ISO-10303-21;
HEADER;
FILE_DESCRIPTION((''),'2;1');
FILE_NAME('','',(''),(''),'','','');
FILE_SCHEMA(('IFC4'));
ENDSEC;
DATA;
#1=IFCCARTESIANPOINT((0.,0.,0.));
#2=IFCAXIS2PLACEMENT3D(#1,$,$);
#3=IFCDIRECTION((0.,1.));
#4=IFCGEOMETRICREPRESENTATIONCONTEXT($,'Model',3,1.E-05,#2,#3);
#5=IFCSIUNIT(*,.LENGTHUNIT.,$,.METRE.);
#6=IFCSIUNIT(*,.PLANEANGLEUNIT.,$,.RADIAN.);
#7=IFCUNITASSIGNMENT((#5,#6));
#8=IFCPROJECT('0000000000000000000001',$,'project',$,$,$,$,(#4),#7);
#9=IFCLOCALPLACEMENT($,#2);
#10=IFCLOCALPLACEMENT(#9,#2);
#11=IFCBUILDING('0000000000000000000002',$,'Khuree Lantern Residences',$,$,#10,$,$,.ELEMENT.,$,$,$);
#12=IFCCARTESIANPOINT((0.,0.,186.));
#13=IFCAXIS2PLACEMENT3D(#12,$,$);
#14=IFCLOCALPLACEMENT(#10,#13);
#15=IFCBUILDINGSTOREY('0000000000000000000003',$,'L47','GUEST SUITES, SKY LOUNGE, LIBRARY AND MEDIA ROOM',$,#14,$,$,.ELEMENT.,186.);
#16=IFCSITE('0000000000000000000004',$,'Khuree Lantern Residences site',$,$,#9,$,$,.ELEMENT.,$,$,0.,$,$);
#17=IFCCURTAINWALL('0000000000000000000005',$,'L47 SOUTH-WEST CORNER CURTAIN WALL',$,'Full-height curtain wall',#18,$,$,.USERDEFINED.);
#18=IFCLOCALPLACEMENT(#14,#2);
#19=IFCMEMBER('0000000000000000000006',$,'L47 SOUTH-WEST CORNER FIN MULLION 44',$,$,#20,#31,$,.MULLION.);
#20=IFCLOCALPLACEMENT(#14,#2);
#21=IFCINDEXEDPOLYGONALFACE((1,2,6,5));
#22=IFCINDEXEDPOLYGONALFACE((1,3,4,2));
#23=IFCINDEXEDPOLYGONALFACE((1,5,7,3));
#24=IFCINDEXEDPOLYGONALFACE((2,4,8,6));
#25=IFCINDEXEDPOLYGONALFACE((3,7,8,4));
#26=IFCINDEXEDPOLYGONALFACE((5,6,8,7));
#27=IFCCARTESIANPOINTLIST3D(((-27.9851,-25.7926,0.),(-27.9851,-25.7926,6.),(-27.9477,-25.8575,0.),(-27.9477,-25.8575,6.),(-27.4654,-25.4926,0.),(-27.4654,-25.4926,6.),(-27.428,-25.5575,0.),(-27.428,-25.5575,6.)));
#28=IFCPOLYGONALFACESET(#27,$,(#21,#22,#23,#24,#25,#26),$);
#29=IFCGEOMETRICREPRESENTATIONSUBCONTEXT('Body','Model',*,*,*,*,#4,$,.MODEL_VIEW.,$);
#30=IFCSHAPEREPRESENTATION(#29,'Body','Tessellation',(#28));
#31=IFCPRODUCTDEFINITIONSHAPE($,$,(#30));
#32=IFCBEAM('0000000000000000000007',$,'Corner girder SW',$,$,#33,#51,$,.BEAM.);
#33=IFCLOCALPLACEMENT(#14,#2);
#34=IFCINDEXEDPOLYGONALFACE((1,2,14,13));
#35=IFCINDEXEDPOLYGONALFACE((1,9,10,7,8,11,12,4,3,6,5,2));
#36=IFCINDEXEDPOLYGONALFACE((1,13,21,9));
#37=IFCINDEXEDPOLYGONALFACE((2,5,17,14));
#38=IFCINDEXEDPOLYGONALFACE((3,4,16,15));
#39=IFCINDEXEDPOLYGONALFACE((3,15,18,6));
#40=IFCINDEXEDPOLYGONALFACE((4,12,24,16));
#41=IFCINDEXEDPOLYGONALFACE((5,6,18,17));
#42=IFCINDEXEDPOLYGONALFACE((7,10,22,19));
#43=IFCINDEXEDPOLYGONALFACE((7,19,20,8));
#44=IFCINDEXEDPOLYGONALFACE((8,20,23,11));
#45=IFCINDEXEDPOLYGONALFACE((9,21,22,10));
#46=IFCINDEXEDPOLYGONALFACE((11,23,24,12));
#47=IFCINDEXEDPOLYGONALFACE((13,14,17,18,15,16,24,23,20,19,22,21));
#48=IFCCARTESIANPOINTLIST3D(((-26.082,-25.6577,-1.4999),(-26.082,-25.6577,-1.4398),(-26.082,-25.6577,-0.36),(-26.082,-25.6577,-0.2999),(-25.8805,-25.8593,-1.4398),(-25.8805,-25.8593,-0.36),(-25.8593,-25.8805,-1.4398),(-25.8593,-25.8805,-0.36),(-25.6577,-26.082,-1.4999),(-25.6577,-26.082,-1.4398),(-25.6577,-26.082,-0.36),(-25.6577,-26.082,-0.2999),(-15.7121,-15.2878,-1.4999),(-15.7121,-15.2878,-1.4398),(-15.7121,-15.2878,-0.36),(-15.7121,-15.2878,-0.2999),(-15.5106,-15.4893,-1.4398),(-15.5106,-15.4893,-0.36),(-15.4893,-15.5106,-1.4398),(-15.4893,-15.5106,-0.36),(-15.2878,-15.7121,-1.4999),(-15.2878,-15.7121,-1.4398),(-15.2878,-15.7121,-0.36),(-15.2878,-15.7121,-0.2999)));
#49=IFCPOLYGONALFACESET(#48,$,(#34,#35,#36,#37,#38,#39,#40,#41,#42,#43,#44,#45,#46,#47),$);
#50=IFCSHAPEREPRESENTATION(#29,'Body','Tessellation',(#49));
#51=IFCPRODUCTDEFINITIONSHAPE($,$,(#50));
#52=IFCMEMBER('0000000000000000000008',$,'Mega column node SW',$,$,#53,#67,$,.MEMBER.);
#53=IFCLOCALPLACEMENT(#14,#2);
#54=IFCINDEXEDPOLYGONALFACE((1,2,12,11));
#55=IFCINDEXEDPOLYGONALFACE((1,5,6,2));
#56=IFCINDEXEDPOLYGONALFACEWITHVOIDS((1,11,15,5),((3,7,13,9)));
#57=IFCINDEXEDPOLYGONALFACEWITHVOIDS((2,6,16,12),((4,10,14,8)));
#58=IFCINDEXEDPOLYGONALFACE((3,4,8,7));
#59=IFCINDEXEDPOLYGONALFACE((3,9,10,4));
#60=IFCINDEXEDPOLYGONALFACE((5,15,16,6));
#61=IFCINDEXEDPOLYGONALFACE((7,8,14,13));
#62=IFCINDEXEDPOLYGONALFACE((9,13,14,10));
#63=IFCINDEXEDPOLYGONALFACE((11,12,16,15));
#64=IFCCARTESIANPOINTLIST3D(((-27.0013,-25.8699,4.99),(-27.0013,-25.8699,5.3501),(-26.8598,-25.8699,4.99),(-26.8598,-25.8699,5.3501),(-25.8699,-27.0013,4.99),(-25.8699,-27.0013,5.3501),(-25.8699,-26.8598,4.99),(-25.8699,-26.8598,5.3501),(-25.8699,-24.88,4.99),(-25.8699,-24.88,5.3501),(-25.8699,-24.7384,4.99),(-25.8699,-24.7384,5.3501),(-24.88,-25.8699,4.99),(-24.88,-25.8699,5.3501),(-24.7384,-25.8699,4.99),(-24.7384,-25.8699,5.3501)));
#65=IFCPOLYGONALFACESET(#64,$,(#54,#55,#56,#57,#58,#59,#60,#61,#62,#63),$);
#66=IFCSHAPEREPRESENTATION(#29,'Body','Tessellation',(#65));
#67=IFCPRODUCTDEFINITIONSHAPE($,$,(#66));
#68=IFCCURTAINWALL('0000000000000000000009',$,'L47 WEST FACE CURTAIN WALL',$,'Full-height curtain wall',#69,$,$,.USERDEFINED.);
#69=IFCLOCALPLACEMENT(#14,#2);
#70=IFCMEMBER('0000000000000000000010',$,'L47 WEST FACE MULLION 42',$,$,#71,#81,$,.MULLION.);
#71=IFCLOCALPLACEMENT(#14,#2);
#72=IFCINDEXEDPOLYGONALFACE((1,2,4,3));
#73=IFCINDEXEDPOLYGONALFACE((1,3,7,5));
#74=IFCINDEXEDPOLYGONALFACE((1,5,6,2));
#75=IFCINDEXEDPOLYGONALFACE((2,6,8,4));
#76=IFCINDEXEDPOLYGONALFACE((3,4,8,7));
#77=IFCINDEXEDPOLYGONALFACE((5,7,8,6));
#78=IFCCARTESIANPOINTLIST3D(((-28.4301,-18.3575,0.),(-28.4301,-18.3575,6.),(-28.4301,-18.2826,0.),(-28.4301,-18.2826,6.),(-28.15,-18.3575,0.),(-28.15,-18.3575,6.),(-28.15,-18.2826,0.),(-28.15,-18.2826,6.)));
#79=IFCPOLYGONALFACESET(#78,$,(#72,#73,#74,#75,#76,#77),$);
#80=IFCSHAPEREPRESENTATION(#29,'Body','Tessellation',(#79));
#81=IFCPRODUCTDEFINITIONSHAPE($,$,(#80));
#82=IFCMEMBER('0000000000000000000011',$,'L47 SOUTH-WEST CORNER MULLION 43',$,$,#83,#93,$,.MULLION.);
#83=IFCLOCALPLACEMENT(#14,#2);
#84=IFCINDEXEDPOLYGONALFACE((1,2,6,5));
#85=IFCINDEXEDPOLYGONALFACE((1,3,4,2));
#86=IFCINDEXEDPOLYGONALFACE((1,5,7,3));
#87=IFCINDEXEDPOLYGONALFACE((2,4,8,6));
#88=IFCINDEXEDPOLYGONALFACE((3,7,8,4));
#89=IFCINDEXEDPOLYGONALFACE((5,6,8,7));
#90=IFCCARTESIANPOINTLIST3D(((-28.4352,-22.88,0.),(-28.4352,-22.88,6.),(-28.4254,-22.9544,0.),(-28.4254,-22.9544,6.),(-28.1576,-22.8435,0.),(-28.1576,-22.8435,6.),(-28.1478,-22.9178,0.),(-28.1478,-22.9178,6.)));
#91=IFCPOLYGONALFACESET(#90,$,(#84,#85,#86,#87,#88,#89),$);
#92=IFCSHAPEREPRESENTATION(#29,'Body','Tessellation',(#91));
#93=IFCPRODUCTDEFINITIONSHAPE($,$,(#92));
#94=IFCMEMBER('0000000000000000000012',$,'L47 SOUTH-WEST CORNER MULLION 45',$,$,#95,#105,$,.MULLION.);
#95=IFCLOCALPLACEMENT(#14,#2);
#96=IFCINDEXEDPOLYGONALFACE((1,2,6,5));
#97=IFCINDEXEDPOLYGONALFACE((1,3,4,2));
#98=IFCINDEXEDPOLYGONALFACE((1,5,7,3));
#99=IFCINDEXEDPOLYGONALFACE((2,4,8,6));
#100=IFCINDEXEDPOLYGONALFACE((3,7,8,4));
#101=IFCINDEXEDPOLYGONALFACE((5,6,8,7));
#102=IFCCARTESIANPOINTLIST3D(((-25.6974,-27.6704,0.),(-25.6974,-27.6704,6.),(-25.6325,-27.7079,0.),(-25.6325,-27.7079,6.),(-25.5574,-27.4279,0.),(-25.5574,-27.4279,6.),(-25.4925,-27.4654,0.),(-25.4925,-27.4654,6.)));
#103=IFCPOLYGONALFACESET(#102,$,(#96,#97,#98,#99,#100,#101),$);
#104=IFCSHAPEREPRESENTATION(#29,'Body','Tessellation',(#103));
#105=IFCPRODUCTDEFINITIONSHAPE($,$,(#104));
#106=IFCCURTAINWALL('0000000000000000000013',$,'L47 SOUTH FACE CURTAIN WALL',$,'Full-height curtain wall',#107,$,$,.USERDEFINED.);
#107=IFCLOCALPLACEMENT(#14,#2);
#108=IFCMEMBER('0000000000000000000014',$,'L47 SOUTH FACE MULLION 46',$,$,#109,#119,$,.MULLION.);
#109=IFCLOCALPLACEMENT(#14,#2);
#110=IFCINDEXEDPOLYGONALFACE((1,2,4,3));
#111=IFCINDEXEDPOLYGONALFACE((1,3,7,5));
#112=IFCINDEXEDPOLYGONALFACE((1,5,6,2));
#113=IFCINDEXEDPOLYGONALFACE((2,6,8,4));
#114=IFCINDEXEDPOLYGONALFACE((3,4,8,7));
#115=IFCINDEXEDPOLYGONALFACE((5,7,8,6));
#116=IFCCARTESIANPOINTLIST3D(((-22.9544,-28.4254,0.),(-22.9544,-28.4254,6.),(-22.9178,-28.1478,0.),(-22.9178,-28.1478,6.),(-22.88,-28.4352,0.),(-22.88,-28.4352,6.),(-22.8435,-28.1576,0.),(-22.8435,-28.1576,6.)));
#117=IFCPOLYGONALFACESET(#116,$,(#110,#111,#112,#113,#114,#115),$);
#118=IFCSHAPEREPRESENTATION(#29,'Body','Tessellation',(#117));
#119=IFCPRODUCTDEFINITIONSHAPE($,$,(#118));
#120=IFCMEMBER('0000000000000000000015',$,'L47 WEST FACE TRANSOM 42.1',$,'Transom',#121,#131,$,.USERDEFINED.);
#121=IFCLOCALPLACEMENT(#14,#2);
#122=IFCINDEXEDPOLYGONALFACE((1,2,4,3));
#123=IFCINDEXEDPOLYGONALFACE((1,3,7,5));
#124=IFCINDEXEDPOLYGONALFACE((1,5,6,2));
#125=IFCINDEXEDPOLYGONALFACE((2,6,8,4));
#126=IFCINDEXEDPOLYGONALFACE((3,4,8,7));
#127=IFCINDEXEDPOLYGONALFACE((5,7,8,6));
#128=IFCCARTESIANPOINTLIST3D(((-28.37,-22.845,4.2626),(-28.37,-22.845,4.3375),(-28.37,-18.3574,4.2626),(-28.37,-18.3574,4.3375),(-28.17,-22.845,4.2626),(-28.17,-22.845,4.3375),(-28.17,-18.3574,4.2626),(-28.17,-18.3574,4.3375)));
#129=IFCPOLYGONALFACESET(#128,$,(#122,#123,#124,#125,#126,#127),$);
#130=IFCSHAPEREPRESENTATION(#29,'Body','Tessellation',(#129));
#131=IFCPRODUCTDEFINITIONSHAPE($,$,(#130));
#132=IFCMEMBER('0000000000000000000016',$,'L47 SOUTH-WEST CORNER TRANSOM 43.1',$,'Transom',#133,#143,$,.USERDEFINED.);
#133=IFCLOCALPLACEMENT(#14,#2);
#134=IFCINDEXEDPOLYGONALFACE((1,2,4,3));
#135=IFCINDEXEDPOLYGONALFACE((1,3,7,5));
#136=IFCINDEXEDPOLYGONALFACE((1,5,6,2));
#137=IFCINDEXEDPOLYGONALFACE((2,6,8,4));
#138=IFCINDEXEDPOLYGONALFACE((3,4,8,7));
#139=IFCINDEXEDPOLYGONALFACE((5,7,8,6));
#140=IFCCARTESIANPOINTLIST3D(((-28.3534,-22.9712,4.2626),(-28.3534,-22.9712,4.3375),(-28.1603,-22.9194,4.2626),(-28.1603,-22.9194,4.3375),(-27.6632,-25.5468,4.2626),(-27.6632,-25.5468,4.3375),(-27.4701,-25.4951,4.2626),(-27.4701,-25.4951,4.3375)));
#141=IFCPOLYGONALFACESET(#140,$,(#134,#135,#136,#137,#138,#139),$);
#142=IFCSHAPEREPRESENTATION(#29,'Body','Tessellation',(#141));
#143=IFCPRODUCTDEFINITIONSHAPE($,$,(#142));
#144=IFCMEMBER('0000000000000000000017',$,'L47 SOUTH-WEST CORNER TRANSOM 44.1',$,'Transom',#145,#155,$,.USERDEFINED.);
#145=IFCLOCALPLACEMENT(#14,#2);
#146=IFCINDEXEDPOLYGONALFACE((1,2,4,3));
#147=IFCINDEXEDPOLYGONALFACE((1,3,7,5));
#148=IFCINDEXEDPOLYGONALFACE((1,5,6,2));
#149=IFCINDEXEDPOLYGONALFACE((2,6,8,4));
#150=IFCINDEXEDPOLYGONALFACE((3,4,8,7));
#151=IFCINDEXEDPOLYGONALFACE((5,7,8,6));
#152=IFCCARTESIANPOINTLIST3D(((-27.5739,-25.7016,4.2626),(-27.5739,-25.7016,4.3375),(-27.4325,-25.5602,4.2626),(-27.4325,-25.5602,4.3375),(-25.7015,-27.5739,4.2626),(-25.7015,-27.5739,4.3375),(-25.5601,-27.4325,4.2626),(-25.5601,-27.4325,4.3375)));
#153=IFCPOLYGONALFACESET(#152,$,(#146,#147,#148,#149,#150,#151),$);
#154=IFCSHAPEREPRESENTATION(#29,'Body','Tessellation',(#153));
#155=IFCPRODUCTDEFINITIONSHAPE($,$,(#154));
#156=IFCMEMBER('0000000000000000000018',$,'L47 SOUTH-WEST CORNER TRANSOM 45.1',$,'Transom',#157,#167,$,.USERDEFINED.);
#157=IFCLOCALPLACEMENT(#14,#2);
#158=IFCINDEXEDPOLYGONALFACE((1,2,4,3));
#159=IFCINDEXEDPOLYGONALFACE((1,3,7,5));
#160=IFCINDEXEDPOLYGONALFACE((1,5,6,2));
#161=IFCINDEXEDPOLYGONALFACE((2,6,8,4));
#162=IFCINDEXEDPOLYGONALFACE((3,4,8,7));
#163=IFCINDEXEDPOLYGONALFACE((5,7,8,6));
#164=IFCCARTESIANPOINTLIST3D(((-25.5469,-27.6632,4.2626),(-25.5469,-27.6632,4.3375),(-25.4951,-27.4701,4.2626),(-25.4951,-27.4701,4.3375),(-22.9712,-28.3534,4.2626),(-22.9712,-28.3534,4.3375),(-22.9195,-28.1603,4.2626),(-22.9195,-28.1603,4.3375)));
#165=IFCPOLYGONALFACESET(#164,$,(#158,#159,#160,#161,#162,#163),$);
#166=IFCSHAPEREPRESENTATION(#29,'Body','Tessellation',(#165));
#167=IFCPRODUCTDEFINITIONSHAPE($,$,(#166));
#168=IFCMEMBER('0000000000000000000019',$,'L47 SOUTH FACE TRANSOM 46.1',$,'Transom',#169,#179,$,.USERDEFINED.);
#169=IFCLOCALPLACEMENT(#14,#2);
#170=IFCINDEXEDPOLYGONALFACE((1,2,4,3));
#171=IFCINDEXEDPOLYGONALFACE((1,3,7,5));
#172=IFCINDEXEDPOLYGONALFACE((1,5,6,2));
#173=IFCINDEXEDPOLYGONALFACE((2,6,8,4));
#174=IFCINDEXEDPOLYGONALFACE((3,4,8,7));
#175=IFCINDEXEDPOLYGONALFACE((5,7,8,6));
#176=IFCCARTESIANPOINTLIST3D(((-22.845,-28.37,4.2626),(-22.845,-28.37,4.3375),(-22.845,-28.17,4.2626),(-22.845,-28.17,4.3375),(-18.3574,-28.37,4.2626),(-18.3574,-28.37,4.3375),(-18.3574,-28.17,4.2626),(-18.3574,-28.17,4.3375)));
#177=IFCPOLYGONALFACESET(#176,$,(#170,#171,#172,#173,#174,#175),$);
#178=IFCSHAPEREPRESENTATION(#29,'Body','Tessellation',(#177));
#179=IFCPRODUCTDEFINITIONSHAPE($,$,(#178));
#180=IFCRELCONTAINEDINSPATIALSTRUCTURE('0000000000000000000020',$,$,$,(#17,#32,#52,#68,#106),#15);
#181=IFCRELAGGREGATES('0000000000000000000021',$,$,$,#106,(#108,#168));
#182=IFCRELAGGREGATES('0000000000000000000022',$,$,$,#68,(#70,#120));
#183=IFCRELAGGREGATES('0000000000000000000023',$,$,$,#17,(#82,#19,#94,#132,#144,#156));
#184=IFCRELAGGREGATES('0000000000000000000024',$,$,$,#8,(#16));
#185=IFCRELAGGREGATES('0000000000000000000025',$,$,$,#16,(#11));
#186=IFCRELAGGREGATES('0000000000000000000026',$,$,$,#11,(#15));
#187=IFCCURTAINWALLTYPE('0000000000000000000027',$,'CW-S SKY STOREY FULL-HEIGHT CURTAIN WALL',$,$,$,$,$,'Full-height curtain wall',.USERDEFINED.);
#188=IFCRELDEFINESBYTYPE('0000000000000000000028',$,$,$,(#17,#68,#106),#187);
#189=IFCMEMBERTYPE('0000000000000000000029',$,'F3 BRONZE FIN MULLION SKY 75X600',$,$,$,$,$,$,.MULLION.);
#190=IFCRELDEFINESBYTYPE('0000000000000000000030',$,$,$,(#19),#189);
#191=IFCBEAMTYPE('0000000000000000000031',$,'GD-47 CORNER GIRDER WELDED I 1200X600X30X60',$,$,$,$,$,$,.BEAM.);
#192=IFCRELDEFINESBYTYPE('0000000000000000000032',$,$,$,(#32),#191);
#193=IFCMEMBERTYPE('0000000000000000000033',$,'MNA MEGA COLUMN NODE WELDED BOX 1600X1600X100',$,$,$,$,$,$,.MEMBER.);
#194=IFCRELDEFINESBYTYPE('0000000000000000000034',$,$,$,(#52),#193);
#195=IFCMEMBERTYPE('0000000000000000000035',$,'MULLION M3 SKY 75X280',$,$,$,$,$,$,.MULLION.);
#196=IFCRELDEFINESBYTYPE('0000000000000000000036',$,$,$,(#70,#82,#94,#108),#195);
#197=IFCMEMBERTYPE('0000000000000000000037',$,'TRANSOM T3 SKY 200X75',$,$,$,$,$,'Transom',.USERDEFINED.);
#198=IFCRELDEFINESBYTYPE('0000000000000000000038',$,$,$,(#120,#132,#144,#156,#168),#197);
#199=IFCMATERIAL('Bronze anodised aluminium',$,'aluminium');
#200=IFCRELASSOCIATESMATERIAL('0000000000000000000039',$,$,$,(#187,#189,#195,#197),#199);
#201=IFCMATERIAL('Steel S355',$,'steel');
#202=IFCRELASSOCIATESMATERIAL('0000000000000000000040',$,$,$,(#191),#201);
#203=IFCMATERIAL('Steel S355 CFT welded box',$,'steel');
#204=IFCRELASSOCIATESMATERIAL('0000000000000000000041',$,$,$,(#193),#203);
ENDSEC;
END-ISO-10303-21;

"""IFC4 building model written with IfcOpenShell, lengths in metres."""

from ifc_helpers import new_model, si_unit, direction, frame, origin, origin_2d, place, context, subcontext, project, spatial, rectangle, hollow_rectangle, i_section, extrude, material, material_profile, profile_set, type_object, element, aggregate, save


model = new_model("IFC4")

# Units and contexts
model_context = context("Model", 3, precision=1e-05, world=origin(), true_north=direction((0.0, 1.0)))
body_context = subcontext(model_context, "Body", "Model", "MODEL_VIEW")
ifc_project = project(units=[si_unit("LENGTHUNIT", "METRE"), si_unit("PLANEANGLEUNIT", "RADIAN")], contexts=[model_context])

# Site, building, storey
site_placement = place(None, origin())
site = spatial("IfcSite", under=ifc_project, at=site_placement, Name="Khuree Lantern Residences site", CompositionType="ELEMENT", RefElevation=0.0)
building_placement = place(site_placement, origin())
building = spatial("IfcBuilding", under=site, at=building_placement, Name="Khuree Lantern Residences", CompositionType="ELEMENT")
storey_placement = place(building_placement, frame((0.0, 0.0, 186.0)))
storey = spatial("IfcBuildingStorey", under=building, at=storey_placement, Name="L47", Description="GUEST SUITES, SKY LOUNGE, LIBRARY AND MEDIA ROOM", CompositionType="ELEMENT", Elevation=186.0)

# Shared definitions
ifc_material_1 = material(Name="Steel S355 CFT welded box", Category="steel")

# Shared definitions
ifc_material_2 = material(Name="Steel S355", Category="steel")

# Curtain wall, member
ifc_material_3 = material(Name="Bronze anodised aluminium", Category="aluminium")
curtain_wall_type = type_object("IfcCurtainWallType", Name="CW-S SKY STOREY FULL-HEIGHT CURTAIN WALL", ElementType="Full-height curtain wall", PredefinedType="USERDEFINED", material=ifc_material_3)
curtain_wall_1_placement = place(storey_placement, origin())
curtain_wall_1 = element("IfcCurtainWall", 1, at=curtain_wall_1_placement, inside=storey, type_object=curtain_wall_type, Name="L47 SOUTH-WEST CORNER CURTAIN WALL", ObjectType="Full-height curtain wall", PredefinedType="USERDEFINED")
ifc_material_profile_1 = material_profile(ifc_material_3, rectangle(XDim=0.075, YDim=0.6001, at=origin_2d()), Name="F3 75X600")
ifc_profile_set_1 = profile_set([ifc_material_profile_1], Name="Bronze anodised aluminium")
member_type_1 = type_object("IfcMemberType", Name="F3 BRONZE FIN MULLION SKY 75X600", PredefinedType="MULLION", material=ifc_profile_set_1)
member_1_placement = place(storey_placement, frame((-27.7065, -25.675, 0.0), z_axis=(0.0, 0.0, 1.0), x_axis=(0.5, -0.866025, 0.0)))
member_1 = element("IfcMember", 2, at=member_1_placement, type_object=member_type_1, Name="L47 SOUTH-WEST CORNER FIN MULLION 44", PredefinedType="MULLION", context=body_context, shape_type="SweptSolid", body=[
    extrude(rectangle(XDim=0.075, YDim=0.6001, at=origin_2d()), origin(), (0.0, 0.0, 1.0), 6.0),
])

# Beam
ifc_material_profile_2 = material_profile(ifc_material_2, i_section(OverallWidth=0.6001, OverallDepth=1.2, WebThickness=0.03, FlangeThickness=0.0601, at=origin_2d()), Name="WELDED I 1200X600X30X60")
ifc_profile_set_2 = profile_set([ifc_material_profile_2], Name="Steel S355")
beam_type_1 = type_object("IfcBeamType", Name="GD-47 CORNER GIRDER WELDED I 1200X600X30X60", PredefinedType="BEAM", material=ifc_profile_set_2)
beam_1_placement = place(storey_placement, frame((-25.8699, -25.8699, -0.8999), z_axis=(0.707107, 0.707107, 0.0), x_axis=(-0.707107, 0.707107, 0.0)))
element("IfcBeam", 3, at=beam_1_placement, inside=storey, type_object=beam_type_1, Name="Corner girder SW", PredefinedType="BEAM", context=body_context, shape_type="SweptSolid", body=[
    extrude(i_section(OverallWidth=0.6001, OverallDepth=1.2, WebThickness=0.03, FlangeThickness=0.0601, at=origin_2d()), origin(), (0.0, 0.0, 1.0), 14.6653),
])

# Member
ifc_material_profile_3 = material_profile(ifc_material_1, hollow_rectangle(XDim=1.6001, YDim=1.6001, WallThickness=0.1001, at=origin_2d()), Name="WELDED BOX 1600X1600X100")
ifc_profile_set_3 = profile_set([ifc_material_profile_3], Name="Steel S355 CFT welded box")
member_type_2 = type_object("IfcMemberType", Name="MNA MEGA COLUMN NODE WELDED BOX 1600X1600X100", PredefinedType="MEMBER", material=ifc_profile_set_3)
member_2_placement = place(storey_placement, frame((-25.8699, -25.8699, 4.99), z_axis=(0.0, 0.0, 1.0), x_axis=(0.707107, -0.707107, 0.0)))
element("IfcMember", 4, at=member_2_placement, inside=storey, type_object=member_type_2, Name="Mega column node SW", PredefinedType="MEMBER", context=body_context, shape_type="SweptSolid", body=[
    extrude(hollow_rectangle(XDim=1.6001, YDim=1.6001, WallThickness=0.1001, at=origin_2d()), origin(), (0.0, 0.0, 1.0), 0.3601),
])

# Curtain wall, member
curtain_wall_2_placement = place(storey_placement, origin())
curtain_wall_2 = element("IfcCurtainWall", 5, at=curtain_wall_2_placement, inside=storey, type_object=curtain_wall_type, Name="L47 WEST FACE CURTAIN WALL", ObjectType="Full-height curtain wall", PredefinedType="USERDEFINED")
ifc_material_profile_4 = material_profile(ifc_material_3, rectangle(XDim=0.075, YDim=0.28, at=origin_2d()), Name="M3 75X280")
ifc_profile_set_4 = profile_set([ifc_material_profile_4], Name="Bronze anodised aluminium")
member_type_3 = type_object("IfcMemberType", Name="MULLION M3 SKY 75X280", PredefinedType="MULLION", material=ifc_profile_set_4)
member_3_placement = place(storey_placement, frame((-28.29, -18.3201, 0.0), z_axis=(0.0, 0.0, 1.0), x_axis=(0.0, -1.0, 0.0)))
member_3 = element("IfcMember", 6, at=member_3_placement, type_object=member_type_3, Name="L47 WEST FACE MULLION 42", PredefinedType="MULLION", context=body_context, shape_type="SweptSolid", body=[
    extrude(rectangle(XDim=0.075, YDim=0.28, at=origin_2d()), origin(), (0.0, 0.0, 1.0), 6.0),
])

# Members
member_4_placement = place(storey_placement, frame((-28.2915, -22.8989, 0.0), z_axis=(0.0, 0.0, 1.0), x_axis=(0.130526, -0.991445, 0.0)))
member_4 = element("IfcMember", 7, at=member_4_placement, type_object=member_type_3, Name="L47 SOUTH-WEST CORNER MULLION 43", PredefinedType="MULLION", context=body_context, shape_type="SweptSolid", body=[
    extrude(rectangle(XDim=0.075, YDim=0.28, at=origin_2d()), origin(), (0.0, 0.0, 1.0), 6.0),
])
member_5_placement = place(storey_placement, frame((-25.595, -27.5679, 0.0), z_axis=(0.0, 0.0, 1.0), x_axis=(0.866025, -0.5, 0.0)))
member_5 = element("IfcMember", 8, at=member_5_placement, type_object=member_type_3, Name="L47 SOUTH-WEST CORNER MULLION 45", PredefinedType="MULLION", context=body_context, shape_type="SweptSolid", body=[
    extrude(rectangle(XDim=0.075, YDim=0.28, at=origin_2d()), origin(), (0.0, 0.0, 1.0), 6.0),
])

# Curtain wall, member
curtain_wall_3_placement = place(storey_placement, origin())
curtain_wall_3 = element("IfcCurtainWall", 9, at=curtain_wall_3_placement, inside=storey, type_object=curtain_wall_type, Name="L47 SOUTH FACE CURTAIN WALL", ObjectType="Full-height curtain wall", PredefinedType="USERDEFINED")
member_6_placement = place(storey_placement, frame((-22.8989, -28.2915, 0.0), z_axis=(0.0, 0.0, 1.0), x_axis=(0.991445, -0.130526, 0.0)))
member_6 = element("IfcMember", 10, at=member_6_placement, type_object=member_type_3, Name="L47 SOUTH FACE MULLION 46", PredefinedType="MULLION", context=body_context, shape_type="SweptSolid", body=[
    extrude(rectangle(XDim=0.075, YDim=0.28, at=origin_2d()), origin(), (0.0, 0.0, 1.0), 6.0),
])

# Members
ifc_material_profile_5 = material_profile(ifc_material_3, rectangle(XDim=0.2, YDim=0.075, at=origin_2d()), Name="T3 200X75")
ifc_profile_set_5 = profile_set([ifc_material_profile_5], Name="Bronze anodised aluminium")
member_type_4 = type_object("IfcMemberType", Name="TRANSOM T3 SKY 200X75", ElementType="Transom", PredefinedType="USERDEFINED", material=ifc_profile_set_5)
member_7_placement = place(storey_placement, frame((-28.27, -18.3574, 4.3), z_axis=(0.0, -1.0, 0.0), x_axis=(1.0, 0.0, 0.0)))
member_7 = element("IfcMember", 11, at=member_7_placement, type_object=member_type_4, Name="L47 WEST FACE TRANSOM 42.1", ObjectType="Transom", PredefinedType="USERDEFINED", context=body_context, shape_type="SweptSolid", body=[
    extrude(rectangle(XDim=0.2, YDim=0.075, at=origin_2d()), origin(), (0.0, 0.0, 1.0), 4.4875),
])
member_8_placement = place(storey_placement, frame((-28.2568, -22.9453, 4.3), z_axis=(0.258831, -0.965923, 0.0), x_axis=(0.965923, 0.258831, 0.0)))
member_8 = element("IfcMember", 12, at=member_8_placement, type_object=member_type_4, Name="L47 SOUTH-WEST CORNER TRANSOM 43.1", ObjectType="Transom", PredefinedType="USERDEFINED", context=body_context, shape_type="SweptSolid", body=[
    extrude(rectangle(XDim=0.2, YDim=0.075, at=origin_2d()), origin(), (0.0, 0.0, 1.0), 2.6665),
])
member_9_placement = place(storey_placement, frame((-27.5032, -25.6309, 4.3), z_axis=(0.707107, -0.707107, 0.0), x_axis=(0.707107, 0.707107, 0.0)))
member_9 = element("IfcMember", 13, at=member_9_placement, type_object=member_type_4, Name="L47 SOUTH-WEST CORNER TRANSOM 44.1", ObjectType="Transom", PredefinedType="USERDEFINED", context=body_context, shape_type="SweptSolid", body=[
    extrude(rectangle(XDim=0.2, YDim=0.075, at=origin_2d()), origin(), (0.0, 0.0, 1.0), 2.6479),
])
member_10_placement = place(storey_placement, frame((-25.521, -27.5667, 4.3), z_axis=(0.965923, -0.258831, 0.0), x_axis=(0.258831, 0.965923, 0.0)))
member_10 = element("IfcMember", 14, at=member_10_placement, type_object=member_type_4, Name="L47 SOUTH-WEST CORNER TRANSOM 45.1", ObjectType="Transom", PredefinedType="USERDEFINED", context=body_context, shape_type="SweptSolid", body=[
    extrude(rectangle(XDim=0.2, YDim=0.075, at=origin_2d()), origin(), (0.0, 0.0, 1.0), 2.6665),
])
member_11_placement = place(storey_placement, frame((-22.845, -28.27, 4.3), z_axis=(1.0, 0.0, 0.0), x_axis=(0.0, 1.0, 0.0)))
member_11 = element("IfcMember", 15, at=member_11_placement, type_object=member_type_4, Name="L47 SOUTH FACE TRANSOM 46.1", ObjectType="Transom", PredefinedType="USERDEFINED", context=body_context, shape_type="SweptSolid", body=[
    extrude(rectangle(XDim=0.2, YDim=0.075, at=origin_2d()), origin(), (0.0, 0.0, 1.0), 4.4875),
])

aggregate(curtain_wall_3, [member_6, member_11])
aggregate(curtain_wall_2, [member_3, member_7])
aggregate(curtain_wall_1, [member_4, member_1, member_5, member_8, member_9, member_10])

save(model, "model.ifc")
